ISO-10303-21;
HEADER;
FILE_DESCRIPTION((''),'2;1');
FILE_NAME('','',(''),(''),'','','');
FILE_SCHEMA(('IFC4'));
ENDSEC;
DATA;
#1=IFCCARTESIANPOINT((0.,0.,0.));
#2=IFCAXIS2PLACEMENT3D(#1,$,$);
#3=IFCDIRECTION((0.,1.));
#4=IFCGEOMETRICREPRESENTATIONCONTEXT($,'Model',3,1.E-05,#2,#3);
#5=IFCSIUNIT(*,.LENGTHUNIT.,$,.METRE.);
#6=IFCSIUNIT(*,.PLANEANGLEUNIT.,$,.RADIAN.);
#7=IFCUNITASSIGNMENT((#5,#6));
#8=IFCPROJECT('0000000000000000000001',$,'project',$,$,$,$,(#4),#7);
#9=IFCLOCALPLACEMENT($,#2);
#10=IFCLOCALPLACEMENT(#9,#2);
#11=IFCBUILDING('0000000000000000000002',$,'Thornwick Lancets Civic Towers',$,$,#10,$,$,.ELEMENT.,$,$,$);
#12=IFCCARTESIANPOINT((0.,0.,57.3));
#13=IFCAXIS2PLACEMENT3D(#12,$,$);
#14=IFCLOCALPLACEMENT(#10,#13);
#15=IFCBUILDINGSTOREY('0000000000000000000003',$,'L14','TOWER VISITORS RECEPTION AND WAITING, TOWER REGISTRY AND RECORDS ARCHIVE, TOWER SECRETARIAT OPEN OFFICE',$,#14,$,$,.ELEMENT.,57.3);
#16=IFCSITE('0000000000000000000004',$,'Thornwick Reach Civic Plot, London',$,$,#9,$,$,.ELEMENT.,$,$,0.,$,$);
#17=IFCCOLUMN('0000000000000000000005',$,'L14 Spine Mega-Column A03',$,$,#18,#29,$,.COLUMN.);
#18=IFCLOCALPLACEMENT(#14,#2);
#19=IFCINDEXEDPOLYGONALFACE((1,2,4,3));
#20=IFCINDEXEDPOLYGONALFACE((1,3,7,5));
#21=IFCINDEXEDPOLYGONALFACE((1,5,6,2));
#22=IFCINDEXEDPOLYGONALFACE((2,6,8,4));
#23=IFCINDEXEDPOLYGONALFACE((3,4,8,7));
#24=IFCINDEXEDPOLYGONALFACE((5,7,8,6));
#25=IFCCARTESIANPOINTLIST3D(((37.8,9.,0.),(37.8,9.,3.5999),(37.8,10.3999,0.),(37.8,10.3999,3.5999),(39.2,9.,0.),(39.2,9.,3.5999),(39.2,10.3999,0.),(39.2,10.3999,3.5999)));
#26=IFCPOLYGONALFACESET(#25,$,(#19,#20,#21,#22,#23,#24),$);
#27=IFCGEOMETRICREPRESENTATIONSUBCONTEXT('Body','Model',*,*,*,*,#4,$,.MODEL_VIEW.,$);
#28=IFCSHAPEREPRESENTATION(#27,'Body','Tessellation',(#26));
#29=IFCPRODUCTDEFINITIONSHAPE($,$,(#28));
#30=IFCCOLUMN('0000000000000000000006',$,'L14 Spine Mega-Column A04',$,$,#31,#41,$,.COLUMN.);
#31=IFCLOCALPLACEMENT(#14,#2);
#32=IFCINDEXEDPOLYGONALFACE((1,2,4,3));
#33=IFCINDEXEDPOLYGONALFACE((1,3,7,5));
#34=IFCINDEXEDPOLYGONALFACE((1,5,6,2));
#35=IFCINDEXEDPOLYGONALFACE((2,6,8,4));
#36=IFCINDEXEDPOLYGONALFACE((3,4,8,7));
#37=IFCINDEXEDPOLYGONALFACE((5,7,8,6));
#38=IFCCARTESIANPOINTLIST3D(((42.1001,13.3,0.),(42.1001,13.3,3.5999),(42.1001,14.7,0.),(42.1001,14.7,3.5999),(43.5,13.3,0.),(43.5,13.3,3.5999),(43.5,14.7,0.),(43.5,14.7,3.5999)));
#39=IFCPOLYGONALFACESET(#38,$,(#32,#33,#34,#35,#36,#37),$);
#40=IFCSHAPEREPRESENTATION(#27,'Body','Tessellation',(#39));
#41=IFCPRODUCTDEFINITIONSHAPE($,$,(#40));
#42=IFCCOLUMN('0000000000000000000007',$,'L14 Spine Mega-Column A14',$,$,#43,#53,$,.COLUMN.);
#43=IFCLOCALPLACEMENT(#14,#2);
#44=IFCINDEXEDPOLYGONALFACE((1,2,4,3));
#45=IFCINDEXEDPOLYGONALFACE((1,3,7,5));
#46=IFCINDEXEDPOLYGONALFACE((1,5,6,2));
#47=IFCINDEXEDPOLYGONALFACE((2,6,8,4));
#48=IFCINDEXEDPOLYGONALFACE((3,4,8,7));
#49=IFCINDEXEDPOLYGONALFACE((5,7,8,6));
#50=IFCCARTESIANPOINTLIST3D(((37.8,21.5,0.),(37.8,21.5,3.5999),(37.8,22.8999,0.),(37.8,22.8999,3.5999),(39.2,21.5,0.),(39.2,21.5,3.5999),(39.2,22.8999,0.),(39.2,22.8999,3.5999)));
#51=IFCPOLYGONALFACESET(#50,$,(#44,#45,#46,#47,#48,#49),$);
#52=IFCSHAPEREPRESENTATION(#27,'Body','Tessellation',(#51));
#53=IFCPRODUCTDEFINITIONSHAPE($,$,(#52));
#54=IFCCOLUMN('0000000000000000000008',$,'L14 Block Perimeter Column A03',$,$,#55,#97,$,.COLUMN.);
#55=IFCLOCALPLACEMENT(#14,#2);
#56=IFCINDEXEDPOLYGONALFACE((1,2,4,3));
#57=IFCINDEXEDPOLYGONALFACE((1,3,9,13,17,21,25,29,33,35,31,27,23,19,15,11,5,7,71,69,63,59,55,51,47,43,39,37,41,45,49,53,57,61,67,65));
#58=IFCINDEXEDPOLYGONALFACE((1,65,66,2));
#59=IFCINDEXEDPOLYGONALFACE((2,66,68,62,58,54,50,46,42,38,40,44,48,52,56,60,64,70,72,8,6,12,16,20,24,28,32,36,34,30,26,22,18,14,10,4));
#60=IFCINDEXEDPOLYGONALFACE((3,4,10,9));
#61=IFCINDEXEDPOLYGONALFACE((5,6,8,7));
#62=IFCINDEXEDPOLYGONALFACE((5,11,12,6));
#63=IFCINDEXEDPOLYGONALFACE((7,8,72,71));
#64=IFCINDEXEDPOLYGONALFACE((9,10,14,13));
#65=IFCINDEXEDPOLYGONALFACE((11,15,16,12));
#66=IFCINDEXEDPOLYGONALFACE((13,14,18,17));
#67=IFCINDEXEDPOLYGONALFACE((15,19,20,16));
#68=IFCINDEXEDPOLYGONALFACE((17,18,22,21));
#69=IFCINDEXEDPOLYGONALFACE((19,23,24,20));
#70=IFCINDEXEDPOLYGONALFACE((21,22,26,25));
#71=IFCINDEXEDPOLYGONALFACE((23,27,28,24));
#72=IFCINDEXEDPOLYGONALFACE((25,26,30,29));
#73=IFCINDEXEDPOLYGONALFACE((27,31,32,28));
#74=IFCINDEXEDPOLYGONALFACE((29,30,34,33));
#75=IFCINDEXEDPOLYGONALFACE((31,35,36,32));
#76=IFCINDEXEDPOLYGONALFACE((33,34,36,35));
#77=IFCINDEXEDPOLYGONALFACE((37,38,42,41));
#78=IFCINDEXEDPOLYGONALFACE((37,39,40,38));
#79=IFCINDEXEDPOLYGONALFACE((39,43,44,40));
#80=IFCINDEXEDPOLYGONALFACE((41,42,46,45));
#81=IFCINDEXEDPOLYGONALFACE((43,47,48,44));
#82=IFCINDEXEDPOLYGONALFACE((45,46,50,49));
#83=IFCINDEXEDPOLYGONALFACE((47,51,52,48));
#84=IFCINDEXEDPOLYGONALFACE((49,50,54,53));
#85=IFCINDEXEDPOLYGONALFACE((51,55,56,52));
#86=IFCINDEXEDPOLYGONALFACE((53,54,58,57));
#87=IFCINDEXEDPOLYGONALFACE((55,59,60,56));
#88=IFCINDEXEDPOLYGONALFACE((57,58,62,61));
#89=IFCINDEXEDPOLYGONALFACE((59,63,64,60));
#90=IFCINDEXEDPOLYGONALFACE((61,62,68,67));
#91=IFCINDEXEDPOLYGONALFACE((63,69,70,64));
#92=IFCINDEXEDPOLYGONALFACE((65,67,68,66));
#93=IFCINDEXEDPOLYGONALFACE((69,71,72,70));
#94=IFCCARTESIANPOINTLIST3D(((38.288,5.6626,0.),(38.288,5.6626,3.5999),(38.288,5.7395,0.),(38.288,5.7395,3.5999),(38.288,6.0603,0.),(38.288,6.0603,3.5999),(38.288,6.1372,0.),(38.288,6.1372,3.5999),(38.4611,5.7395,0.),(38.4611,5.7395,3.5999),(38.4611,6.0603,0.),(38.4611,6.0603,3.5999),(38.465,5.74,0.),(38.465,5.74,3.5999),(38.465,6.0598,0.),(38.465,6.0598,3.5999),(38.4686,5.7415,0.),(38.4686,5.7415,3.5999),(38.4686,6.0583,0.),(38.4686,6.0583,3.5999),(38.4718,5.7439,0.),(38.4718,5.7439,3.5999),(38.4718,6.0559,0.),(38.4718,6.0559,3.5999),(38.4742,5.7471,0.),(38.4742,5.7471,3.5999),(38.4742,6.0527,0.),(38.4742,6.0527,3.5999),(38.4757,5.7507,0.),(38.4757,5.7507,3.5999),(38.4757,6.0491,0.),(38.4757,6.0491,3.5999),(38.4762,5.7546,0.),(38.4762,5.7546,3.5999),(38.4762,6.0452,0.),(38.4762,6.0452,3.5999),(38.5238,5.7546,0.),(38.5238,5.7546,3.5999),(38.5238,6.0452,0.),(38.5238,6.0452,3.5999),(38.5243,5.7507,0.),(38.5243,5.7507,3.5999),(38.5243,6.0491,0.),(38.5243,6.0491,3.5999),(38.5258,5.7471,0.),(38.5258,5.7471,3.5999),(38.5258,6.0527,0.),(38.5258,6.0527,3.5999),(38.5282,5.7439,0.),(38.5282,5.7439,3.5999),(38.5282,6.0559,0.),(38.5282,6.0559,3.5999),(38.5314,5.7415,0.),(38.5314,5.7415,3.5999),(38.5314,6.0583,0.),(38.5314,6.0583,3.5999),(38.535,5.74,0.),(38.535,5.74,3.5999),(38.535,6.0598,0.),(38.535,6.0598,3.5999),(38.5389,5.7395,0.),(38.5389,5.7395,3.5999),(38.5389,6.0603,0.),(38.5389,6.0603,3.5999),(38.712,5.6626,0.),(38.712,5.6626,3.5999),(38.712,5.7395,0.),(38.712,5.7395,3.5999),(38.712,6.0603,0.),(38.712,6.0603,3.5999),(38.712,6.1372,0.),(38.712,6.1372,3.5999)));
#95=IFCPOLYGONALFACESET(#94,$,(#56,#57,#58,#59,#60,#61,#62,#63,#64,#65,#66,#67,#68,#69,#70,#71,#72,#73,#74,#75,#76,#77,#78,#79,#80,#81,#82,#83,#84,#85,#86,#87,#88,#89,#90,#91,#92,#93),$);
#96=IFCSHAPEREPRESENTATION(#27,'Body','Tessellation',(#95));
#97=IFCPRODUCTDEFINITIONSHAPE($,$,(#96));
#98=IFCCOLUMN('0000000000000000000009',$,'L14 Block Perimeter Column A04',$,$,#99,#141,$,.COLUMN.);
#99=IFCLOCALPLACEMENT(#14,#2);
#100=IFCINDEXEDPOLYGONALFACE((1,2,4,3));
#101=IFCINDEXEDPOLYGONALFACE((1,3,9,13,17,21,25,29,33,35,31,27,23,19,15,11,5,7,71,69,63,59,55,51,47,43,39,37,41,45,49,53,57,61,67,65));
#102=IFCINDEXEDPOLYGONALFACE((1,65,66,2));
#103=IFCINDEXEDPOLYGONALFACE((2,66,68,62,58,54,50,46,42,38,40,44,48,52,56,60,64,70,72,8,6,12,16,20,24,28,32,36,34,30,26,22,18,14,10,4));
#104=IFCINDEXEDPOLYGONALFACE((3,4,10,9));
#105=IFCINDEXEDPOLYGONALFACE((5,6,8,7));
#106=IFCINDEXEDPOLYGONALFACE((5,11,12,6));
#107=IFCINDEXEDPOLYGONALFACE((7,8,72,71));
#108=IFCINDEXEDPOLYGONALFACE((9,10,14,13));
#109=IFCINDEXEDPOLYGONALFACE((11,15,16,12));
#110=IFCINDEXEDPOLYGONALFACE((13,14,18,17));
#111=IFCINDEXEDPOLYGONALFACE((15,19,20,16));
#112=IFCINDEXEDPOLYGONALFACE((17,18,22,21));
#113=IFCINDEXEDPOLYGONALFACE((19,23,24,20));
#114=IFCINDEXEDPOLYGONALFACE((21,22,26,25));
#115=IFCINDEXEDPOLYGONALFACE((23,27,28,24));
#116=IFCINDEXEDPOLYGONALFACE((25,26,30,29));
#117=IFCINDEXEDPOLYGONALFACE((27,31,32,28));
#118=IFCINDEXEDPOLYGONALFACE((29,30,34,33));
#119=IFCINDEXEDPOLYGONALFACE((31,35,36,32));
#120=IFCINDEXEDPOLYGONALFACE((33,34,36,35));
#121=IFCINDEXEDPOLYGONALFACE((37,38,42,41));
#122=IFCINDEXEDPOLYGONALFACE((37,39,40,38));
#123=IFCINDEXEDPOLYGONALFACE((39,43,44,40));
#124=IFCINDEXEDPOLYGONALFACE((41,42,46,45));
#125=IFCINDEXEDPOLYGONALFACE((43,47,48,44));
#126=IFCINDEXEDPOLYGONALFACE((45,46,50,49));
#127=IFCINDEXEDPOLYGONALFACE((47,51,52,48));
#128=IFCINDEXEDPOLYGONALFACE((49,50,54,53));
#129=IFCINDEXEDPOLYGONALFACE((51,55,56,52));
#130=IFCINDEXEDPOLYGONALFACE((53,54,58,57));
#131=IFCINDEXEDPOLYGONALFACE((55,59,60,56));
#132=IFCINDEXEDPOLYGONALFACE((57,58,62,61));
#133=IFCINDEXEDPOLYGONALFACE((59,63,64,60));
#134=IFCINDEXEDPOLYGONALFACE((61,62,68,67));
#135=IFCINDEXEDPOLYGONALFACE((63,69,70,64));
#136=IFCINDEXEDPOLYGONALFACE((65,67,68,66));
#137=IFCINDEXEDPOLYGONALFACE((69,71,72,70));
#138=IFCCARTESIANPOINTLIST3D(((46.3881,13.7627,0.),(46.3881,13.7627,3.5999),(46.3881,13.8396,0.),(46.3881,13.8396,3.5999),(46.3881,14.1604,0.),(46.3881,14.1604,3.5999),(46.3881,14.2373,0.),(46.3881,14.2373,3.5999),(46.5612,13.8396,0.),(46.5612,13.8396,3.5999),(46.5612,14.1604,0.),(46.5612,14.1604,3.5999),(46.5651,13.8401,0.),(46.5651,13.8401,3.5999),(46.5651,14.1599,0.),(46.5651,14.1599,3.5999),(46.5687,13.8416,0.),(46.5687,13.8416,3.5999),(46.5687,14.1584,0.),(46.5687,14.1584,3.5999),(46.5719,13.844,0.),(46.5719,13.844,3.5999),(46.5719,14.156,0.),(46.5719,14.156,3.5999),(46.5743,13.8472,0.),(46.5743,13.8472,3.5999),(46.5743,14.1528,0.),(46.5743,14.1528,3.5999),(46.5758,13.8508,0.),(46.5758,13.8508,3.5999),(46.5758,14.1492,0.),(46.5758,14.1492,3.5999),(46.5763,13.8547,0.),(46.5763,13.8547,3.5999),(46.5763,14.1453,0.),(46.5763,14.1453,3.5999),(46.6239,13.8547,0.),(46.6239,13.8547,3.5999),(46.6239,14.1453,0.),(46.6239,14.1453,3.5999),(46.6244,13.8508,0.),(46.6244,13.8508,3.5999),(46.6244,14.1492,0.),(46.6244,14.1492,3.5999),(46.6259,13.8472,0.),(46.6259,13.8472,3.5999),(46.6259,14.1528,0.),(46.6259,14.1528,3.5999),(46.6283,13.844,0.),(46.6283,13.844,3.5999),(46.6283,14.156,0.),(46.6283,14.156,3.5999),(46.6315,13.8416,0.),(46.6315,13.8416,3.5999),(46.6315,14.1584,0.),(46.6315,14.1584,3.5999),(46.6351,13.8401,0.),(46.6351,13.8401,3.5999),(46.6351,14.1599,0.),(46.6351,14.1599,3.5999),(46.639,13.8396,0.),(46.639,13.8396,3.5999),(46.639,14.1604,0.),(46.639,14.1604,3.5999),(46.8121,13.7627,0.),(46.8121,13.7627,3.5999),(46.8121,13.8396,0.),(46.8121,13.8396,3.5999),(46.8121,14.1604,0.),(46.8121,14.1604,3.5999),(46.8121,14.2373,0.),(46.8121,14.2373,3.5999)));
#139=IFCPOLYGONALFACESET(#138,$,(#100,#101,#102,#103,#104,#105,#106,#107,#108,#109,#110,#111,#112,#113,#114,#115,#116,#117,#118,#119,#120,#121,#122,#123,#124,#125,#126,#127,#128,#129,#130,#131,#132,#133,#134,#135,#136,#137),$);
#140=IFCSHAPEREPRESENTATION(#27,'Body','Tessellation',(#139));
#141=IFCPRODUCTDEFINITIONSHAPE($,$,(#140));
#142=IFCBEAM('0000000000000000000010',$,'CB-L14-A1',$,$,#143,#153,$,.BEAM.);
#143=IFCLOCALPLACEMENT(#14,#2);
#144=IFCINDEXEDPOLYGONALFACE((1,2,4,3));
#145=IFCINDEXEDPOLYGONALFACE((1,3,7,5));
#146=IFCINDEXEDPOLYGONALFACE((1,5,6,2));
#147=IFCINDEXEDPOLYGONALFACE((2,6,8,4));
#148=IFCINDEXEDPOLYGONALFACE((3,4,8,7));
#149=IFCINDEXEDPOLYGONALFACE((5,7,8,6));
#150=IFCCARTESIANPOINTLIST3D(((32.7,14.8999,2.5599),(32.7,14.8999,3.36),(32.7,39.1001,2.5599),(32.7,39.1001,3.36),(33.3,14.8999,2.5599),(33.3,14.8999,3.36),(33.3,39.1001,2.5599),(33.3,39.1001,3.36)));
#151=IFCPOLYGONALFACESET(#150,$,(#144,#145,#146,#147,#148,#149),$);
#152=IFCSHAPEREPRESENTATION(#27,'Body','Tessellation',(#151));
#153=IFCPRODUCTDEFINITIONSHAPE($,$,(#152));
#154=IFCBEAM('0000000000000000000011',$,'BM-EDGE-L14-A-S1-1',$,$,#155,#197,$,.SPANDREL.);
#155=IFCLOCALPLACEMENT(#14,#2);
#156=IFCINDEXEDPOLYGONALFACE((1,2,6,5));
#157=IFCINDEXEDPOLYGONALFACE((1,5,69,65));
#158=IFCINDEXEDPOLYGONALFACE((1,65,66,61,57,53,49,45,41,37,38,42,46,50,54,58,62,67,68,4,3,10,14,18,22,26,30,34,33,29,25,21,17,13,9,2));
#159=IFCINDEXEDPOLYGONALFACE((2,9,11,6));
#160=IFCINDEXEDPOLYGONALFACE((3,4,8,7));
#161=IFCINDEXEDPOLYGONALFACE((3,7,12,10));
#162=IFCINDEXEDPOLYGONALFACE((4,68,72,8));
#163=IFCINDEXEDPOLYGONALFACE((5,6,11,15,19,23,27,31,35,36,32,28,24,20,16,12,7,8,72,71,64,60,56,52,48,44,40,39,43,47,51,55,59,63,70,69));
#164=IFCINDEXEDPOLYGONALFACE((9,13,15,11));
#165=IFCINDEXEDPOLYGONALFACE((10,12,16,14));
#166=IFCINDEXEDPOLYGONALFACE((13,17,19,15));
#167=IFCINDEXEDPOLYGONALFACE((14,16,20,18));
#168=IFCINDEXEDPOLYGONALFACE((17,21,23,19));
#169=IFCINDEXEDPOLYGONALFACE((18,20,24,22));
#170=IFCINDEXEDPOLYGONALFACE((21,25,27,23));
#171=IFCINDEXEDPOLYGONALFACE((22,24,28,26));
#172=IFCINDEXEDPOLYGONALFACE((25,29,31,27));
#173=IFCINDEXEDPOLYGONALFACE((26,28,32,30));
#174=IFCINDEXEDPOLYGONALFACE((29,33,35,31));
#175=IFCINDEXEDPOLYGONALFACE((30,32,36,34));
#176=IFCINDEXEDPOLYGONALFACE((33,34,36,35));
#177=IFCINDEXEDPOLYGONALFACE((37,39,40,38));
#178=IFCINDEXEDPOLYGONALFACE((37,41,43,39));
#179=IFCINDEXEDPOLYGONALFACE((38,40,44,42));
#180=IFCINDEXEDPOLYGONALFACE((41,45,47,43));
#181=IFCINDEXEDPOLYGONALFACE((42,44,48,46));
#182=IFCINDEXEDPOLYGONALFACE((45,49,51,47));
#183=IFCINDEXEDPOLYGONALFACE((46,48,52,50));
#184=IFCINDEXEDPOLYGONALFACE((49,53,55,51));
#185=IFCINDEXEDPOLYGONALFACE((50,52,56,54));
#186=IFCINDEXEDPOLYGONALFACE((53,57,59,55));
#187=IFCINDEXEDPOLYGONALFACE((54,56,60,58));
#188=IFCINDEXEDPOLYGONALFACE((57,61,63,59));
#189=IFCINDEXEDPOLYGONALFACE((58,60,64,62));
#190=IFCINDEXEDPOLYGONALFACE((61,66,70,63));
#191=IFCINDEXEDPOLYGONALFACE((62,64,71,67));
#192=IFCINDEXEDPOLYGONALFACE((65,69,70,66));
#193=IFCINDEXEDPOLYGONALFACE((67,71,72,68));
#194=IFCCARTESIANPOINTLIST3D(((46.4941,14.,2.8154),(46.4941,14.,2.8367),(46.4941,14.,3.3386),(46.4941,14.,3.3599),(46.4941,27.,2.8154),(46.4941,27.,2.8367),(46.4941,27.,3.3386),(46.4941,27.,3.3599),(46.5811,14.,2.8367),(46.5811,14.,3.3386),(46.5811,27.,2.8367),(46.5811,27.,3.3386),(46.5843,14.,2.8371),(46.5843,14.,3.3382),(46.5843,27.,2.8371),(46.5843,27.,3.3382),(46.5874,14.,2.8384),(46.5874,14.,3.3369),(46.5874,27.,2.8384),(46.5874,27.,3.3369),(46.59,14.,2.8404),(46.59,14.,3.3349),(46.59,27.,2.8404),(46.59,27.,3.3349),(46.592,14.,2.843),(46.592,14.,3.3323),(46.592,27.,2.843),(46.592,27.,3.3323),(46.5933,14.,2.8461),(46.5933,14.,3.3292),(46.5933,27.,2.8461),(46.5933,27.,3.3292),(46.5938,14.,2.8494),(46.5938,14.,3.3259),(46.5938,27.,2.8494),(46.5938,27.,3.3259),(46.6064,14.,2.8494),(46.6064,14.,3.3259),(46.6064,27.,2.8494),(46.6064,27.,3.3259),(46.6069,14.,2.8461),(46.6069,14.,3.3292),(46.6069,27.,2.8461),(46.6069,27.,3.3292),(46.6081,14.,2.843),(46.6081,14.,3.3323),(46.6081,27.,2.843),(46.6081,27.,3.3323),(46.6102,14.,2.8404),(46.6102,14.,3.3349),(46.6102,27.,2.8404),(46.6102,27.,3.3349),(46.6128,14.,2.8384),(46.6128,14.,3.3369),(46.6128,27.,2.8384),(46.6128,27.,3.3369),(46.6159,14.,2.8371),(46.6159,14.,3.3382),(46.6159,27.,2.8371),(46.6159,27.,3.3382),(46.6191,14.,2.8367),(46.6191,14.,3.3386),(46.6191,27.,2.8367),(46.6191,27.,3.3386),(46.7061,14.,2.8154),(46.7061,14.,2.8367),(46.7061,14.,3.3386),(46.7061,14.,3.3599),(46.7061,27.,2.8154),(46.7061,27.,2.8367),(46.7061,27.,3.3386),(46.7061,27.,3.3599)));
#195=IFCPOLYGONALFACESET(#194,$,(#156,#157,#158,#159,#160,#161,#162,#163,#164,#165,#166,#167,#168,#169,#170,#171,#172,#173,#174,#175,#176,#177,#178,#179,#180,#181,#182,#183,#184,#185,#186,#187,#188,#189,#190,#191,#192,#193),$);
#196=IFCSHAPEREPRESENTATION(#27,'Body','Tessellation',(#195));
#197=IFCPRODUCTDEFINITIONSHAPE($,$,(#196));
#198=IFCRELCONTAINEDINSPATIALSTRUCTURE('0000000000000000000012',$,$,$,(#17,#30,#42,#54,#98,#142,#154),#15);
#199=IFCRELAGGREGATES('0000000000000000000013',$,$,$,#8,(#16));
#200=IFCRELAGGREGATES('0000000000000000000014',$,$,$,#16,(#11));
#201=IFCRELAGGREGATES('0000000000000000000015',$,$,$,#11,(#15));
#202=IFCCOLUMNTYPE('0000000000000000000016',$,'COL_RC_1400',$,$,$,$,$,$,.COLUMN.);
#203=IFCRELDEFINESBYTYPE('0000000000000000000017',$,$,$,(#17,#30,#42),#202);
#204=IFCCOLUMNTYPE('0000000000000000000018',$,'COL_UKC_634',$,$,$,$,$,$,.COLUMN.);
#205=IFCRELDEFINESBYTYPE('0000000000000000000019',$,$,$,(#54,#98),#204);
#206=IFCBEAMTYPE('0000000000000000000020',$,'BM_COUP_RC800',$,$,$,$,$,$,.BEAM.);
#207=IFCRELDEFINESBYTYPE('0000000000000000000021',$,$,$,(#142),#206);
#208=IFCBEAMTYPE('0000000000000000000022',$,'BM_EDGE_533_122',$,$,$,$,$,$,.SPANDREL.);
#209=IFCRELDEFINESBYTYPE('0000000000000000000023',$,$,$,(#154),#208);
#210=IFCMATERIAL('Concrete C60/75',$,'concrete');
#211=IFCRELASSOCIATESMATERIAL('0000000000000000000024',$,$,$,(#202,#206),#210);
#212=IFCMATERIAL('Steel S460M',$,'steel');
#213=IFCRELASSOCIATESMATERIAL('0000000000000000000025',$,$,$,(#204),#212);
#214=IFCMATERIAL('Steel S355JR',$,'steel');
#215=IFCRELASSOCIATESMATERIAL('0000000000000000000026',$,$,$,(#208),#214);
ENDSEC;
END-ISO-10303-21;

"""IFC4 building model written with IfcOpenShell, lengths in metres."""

from ifc_helpers import new_model, si_unit, direction, frame, origin, origin_2d, place, context, subcontext, project, spatial, rectangle, i_section, extrude, material, material_profile, profile_set, type_object, element, save


model = new_model("IFC4")

# Units and contexts
model_context = context("Model", 3, precision=1e-05, world=origin(), true_north=direction((0.0, 1.0)))
body_context = subcontext(model_context, "Body", "Model", "MODEL_VIEW")
ifc_project = project(units=[si_unit("LENGTHUNIT", "METRE"), si_unit("PLANEANGLEUNIT", "RADIAN")], contexts=[model_context])

# Site, building, storey
site_placement = place(None, origin())
site = spatial("IfcSite", under=ifc_project, at=site_placement, Name="Thornwick Reach Civic Plot, London", CompositionType="ELEMENT", RefElevation=0.0)
building_placement = place(site_placement, origin())
building = spatial("IfcBuilding", under=site, at=building_placement, Name="Thornwick Lancets Civic Towers", CompositionType="ELEMENT")
storey_placement = place(building_placement, frame((0.0, 0.0, 57.3)))
storey = spatial("IfcBuildingStorey", under=building, at=storey_placement, Name="L14", Description="TOWER VISITORS RECEPTION AND WAITING, TOWER REGISTRY AND RECORDS ARCHIVE, TOWER SECRETARIAT OPEN OFFICE", CompositionType="ELEMENT", Elevation=57.3)

# Columns
ifc_material_1 = material(Name="Concrete C60/75", Category="concrete")
ifc_material_profile_1 = material_profile(ifc_material_1, rectangle(XDim=1.3999, YDim=1.3999, at=origin_2d()), Name="RC 1400x1400")
ifc_profile_set_1 = profile_set([ifc_material_profile_1], Name="Concrete C60/75")
column_type_1 = type_object("IfcColumnType", Name="COL_RC_1400", PredefinedType="COLUMN", material=ifc_profile_set_1)
for number, where, z_axis, x_axis, name in (
    (1, (38.5, 9.7, 0.0), (0.0, 0.0, 1.0), (1.0, 0.0, 0.0), "L14 Spine Mega-Column A03"),
    (2, (42.8, 14.0, 0.0), (0.0, 0.0, 1.0), (1.0, 0.0, 0.0), "L14 Spine Mega-Column A04"),
    (3, (38.5, 22.2, 0.0), (0.0, 0.0, 1.0), (1.0, 0.0, 0.0), "L14 Spine Mega-Column A14"),
):
    element("IfcColumn", number, at=place(storey_placement, frame(where, z_axis=z_axis, x_axis=x_axis)), inside=storey, type_object=column_type_1, Name=name, PredefinedType="COLUMN", context=body_context, shape_type="SweptSolid", body=[
        extrude(rectangle(XDim=1.3999, YDim=1.3999, at=origin_2d()), origin(), (0.0, 0.0, 1.0), 3.5999),
    ])
ifc_material_2 = material(Name="Steel S460M", Category="steel")
ifc_material_profile_2 = material_profile(ifc_material_2, i_section(OverallWidth=0.4241, OverallDepth=0.4746, WebThickness=0.0476, FlangeThickness=0.0769, FilletRadius=0.0151, at=origin_2d()), Name="UKC 356x406x634")
ifc_profile_set_2 = profile_set([ifc_material_profile_2], Name="Steel S460M")
column_type_2 = type_object("IfcColumnType", Name="COL_UKC_634", PredefinedType="COLUMN", material=ifc_profile_set_2)
for number, where, z_axis, x_axis, name in (
    (4, (38.5, 5.8999, 0.0), (0.0, 0.0, 1.0), (1.0, 0.0, 0.0), "L14 Block Perimeter Column A03"),
    (5, (46.6001, 14.0, 0.0), (0.0, 0.0, 1.0), (1.0, 0.0, 0.0), "L14 Block Perimeter Column A04"),
):
    element("IfcColumn", number, at=place(storey_placement, frame(where, z_axis=z_axis, x_axis=x_axis)), inside=storey, type_object=column_type_2, Name=name, PredefinedType="COLUMN", context=body_context, shape_type="SweptSolid", body=[
        extrude(i_section(OverallWidth=0.4241, OverallDepth=0.4746, WebThickness=0.0476, FlangeThickness=0.0769, FilletRadius=0.0151, at=origin_2d()), origin(), (0.0, 0.0, 1.0), 3.5999),
    ])

# Beams
ifc_material_profile_3 = material_profile(ifc_material_1, rectangle(XDim=0.6001, YDim=0.8, at=origin_2d()), Name="RC 600x800")
ifc_profile_set_3 = profile_set([ifc_material_profile_3], Name="Concrete C60/75")
beam_type_1 = type_object("IfcBeamType", Name="BM_COUP_RC800", PredefinedType="BEAM", material=ifc_profile_set_3)
beam_1_placement = place(storey_placement, frame((33.0, 14.8999, 2.96), z_axis=(0.0, 1.0, 0.0), x_axis=(-1.0, 0.0, 0.0)))
element("IfcBeam", 6, at=beam_1_placement, inside=storey, type_object=beam_type_1, Name="CB-L14-A1", PredefinedType="BEAM", context=body_context, shape_type="SweptSolid", body=[
    extrude(rectangle(XDim=0.6001, YDim=0.8, at=origin_2d()), origin(), (0.0, 0.0, 1.0), 24.2002),
])
ifc_material_3 = material(Name="Steel S355JR", Category="steel")
ifc_material_profile_4 = material_profile(ifc_material_3, i_section(OverallWidth=0.2119, OverallDepth=0.5444, WebThickness=0.0127, FlangeThickness=0.0212, FilletRadius=0.0127, at=origin_2d()), Name="UKB 533x210x122")
ifc_profile_set_4 = profile_set([ifc_material_profile_4], Name="Steel S355JR")
beam_type_2 = type_object("IfcBeamType", Name="BM_EDGE_533_122", PredefinedType="SPANDREL", material=ifc_profile_set_4)
beam_2_placement = place(storey_placement, frame((46.6001, 14.0, 3.0876), z_axis=(0.0, 1.0, 0.0), x_axis=(-1.0, 0.0, 0.0)))
element("IfcBeam", 7, at=beam_2_placement, inside=storey, type_object=beam_type_2, Name="BM-EDGE-L14-A-S1-1", PredefinedType="SPANDREL", context=body_context, shape_type="SweptSolid", body=[
    extrude(i_section(OverallWidth=0.2119, OverallDepth=0.5444, WebThickness=0.0127, FlangeThickness=0.0212, FilletRadius=0.0127, at=origin_2d()), origin(), (0.0, 0.0, 1.0), 13.0),
])

save(model, "model.ifc")
